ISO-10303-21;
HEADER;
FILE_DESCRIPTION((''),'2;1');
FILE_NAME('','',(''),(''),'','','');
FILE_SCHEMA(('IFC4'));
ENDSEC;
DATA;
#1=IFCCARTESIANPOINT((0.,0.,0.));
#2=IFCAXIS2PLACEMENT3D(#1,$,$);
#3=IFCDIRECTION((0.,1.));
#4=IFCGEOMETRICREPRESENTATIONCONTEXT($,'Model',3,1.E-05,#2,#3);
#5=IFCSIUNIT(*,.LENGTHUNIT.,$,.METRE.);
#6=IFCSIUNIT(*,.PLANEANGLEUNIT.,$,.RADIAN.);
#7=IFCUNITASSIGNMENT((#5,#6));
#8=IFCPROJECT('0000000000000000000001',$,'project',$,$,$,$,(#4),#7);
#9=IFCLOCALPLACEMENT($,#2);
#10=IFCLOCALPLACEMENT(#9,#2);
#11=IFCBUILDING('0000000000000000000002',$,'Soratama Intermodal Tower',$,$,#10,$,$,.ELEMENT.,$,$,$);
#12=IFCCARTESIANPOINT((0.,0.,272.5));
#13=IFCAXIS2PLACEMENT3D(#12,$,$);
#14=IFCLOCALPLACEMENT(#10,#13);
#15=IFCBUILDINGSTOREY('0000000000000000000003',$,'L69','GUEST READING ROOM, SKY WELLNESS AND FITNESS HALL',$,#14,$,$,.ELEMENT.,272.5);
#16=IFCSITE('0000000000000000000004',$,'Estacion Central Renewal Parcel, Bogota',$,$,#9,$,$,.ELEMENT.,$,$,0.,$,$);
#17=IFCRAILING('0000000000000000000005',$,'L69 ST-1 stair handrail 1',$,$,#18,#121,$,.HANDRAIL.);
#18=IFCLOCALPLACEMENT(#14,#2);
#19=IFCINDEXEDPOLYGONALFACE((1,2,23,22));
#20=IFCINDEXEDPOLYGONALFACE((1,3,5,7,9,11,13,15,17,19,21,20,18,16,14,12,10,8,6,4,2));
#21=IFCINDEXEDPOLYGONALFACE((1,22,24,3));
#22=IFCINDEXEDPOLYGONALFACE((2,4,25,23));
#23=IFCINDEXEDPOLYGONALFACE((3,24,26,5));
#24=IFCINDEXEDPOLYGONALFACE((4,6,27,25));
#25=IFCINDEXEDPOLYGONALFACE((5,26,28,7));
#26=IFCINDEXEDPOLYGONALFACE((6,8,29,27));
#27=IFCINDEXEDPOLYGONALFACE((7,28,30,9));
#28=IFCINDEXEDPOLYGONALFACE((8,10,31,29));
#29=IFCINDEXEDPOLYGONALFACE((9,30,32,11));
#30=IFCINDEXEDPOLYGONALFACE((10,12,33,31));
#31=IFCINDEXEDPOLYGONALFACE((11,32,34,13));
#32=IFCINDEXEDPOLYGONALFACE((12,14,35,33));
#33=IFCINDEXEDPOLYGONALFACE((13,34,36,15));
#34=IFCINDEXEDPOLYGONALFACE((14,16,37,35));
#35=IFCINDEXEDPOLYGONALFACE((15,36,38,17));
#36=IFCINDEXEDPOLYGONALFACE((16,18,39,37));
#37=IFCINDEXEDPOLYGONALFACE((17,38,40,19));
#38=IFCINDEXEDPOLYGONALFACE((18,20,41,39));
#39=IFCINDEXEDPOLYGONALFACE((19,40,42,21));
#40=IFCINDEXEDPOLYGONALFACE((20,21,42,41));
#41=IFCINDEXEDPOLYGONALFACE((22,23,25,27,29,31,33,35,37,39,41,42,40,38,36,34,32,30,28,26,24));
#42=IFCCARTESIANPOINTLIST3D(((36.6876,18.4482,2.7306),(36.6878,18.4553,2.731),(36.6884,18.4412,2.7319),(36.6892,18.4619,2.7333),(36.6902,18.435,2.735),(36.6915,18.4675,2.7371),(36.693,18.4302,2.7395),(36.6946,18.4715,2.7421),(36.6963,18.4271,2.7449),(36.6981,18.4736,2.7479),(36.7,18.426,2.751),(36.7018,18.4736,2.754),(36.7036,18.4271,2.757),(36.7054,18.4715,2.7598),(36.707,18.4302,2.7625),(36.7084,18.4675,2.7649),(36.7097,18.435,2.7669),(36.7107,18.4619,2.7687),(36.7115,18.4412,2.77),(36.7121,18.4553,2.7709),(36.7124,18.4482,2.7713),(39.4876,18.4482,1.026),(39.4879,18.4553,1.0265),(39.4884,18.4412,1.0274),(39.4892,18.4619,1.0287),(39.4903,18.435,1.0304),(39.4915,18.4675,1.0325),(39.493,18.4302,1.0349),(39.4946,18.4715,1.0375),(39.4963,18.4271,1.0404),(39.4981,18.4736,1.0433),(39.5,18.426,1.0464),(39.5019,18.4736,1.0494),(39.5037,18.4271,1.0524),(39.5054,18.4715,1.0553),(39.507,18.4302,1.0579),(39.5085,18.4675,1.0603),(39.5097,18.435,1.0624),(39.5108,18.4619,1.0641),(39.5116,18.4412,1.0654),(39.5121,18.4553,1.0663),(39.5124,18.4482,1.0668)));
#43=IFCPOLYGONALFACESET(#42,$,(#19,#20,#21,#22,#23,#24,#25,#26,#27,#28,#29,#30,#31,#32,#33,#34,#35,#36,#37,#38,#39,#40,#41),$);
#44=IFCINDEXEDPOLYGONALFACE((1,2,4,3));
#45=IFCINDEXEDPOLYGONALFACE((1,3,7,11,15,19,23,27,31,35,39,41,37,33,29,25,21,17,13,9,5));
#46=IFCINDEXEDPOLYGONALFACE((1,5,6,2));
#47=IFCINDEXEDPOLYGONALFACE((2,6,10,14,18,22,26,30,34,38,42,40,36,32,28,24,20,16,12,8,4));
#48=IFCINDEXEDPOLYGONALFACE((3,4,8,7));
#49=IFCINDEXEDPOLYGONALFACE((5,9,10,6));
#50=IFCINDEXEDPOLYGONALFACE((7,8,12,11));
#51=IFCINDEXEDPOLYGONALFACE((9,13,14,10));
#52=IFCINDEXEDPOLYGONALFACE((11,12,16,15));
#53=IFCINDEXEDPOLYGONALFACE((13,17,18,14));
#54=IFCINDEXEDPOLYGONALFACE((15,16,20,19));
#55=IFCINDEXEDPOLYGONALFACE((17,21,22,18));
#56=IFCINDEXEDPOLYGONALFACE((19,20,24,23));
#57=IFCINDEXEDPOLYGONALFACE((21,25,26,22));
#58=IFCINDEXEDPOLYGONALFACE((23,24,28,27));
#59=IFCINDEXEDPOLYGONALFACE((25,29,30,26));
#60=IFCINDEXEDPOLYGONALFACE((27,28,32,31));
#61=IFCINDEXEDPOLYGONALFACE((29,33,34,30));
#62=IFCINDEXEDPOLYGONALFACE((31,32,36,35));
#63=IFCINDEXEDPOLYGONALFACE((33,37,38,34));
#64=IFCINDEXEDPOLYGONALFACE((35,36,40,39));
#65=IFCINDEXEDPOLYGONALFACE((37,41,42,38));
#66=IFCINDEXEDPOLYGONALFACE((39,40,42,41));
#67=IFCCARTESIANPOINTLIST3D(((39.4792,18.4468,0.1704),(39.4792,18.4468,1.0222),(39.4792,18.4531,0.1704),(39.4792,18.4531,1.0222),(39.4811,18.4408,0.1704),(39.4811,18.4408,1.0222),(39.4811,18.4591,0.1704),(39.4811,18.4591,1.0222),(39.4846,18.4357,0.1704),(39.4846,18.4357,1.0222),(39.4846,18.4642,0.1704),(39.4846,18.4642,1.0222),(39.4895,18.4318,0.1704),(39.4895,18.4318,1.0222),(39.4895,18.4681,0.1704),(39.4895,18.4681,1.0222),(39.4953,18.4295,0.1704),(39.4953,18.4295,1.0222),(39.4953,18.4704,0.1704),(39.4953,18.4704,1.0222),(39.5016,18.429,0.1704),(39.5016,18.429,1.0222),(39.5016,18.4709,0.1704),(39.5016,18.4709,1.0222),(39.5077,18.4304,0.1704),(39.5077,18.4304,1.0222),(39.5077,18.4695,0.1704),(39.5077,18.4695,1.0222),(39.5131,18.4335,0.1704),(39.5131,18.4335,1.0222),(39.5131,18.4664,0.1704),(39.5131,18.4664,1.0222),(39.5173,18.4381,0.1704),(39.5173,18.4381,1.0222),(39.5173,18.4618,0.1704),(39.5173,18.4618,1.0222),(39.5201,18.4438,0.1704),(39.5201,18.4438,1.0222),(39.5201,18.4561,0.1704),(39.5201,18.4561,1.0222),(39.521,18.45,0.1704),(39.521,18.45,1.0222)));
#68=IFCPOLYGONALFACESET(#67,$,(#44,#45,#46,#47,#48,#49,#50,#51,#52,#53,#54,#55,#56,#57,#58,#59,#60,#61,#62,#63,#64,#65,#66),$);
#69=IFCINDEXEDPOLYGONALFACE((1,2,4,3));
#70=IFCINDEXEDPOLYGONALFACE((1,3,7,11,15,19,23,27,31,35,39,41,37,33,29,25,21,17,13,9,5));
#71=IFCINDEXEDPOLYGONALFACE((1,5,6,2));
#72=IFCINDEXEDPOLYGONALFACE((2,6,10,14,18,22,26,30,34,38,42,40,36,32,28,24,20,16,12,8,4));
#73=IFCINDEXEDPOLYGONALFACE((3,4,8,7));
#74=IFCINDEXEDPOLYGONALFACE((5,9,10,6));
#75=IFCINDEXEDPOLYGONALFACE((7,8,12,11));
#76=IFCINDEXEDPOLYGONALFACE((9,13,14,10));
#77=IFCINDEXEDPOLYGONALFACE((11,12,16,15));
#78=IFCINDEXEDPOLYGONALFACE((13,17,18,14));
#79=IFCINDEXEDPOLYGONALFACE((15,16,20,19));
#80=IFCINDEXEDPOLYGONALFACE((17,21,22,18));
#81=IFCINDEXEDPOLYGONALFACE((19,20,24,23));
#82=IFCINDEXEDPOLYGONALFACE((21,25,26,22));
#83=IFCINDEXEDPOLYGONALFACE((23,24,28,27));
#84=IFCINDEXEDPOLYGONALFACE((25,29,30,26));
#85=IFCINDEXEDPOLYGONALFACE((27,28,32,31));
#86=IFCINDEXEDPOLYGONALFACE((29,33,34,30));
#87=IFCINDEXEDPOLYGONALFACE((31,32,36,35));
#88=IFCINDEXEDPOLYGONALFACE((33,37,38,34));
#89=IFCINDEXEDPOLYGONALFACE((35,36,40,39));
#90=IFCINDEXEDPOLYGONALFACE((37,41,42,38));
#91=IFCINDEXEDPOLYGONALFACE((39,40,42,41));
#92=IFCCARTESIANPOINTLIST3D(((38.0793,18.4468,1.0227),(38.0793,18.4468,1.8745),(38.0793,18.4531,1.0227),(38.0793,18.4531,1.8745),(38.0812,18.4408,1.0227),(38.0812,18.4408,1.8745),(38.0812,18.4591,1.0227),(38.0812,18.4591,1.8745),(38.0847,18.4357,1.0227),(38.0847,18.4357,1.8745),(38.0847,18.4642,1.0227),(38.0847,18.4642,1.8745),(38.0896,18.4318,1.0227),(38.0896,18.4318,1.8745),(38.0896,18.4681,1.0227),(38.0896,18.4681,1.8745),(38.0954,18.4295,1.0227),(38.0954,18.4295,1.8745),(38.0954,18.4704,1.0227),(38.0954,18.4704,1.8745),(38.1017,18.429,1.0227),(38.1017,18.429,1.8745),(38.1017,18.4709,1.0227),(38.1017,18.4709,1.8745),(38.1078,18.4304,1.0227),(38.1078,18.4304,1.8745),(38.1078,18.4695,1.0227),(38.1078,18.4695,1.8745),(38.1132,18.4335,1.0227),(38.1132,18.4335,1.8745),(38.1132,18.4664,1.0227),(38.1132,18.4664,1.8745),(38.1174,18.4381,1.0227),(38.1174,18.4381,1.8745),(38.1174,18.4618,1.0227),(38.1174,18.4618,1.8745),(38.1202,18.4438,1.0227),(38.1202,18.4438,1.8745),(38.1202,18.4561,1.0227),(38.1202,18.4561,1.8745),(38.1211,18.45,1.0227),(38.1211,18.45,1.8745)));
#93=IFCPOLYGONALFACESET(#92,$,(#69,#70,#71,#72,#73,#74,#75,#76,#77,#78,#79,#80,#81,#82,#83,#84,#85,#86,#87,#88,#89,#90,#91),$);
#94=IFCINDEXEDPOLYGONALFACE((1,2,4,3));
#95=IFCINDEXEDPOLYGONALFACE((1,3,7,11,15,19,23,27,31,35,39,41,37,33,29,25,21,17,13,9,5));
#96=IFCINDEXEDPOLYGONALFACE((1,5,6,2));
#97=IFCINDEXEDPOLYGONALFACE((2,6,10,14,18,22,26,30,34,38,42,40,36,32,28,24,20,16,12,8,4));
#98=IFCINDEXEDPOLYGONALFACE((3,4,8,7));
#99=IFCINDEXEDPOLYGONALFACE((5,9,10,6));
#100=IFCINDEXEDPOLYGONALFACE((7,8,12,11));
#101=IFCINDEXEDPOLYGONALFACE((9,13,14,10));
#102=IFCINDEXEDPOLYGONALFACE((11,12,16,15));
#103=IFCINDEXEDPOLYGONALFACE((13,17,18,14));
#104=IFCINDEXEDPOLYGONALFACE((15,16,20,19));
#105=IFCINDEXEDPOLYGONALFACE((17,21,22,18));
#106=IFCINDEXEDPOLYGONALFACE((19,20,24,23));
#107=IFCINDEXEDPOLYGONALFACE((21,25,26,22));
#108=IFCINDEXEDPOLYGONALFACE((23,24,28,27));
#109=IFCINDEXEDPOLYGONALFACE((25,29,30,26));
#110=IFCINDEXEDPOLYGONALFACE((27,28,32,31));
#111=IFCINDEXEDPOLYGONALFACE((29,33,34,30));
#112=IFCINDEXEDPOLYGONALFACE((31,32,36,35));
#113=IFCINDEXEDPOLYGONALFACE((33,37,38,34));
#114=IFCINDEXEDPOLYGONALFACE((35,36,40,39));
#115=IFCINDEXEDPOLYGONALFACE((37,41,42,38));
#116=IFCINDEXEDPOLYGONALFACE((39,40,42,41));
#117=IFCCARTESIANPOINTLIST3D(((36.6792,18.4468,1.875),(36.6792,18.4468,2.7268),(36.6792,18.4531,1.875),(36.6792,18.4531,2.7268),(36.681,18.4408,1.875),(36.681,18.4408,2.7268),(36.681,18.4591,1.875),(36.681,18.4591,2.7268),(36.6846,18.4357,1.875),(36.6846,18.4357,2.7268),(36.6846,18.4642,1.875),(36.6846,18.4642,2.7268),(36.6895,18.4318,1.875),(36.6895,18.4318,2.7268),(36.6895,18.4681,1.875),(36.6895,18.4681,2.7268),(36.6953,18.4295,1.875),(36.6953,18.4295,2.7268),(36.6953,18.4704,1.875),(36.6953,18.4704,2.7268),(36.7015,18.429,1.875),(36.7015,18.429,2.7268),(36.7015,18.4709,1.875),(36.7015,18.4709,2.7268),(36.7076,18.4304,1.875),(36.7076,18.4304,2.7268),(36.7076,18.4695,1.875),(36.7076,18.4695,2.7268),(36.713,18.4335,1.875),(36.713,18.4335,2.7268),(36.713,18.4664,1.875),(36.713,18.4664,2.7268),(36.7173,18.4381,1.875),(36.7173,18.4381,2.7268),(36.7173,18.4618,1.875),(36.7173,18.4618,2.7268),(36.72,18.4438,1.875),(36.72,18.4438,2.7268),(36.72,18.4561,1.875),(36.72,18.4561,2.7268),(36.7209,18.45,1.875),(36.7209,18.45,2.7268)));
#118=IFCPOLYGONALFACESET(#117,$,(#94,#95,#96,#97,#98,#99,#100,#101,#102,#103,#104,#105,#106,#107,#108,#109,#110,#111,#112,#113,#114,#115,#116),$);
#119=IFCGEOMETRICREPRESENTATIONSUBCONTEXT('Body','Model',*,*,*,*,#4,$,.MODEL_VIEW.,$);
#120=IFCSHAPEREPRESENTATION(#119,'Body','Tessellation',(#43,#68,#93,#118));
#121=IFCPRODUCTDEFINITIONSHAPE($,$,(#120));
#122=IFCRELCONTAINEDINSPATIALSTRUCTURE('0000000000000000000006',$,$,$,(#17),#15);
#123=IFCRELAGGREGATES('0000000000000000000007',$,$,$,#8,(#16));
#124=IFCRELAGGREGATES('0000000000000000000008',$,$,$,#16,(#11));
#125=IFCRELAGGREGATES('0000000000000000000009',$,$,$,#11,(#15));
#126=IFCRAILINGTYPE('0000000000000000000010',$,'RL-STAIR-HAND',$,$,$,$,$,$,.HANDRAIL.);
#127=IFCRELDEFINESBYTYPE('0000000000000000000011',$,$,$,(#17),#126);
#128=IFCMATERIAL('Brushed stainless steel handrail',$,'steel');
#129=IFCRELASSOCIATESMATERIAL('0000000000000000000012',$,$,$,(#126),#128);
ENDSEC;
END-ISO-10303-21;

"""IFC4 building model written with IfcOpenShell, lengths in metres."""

from ifc_helpers import new_model, si_unit, direction, frame, origin, origin_2d, place, context, subcontext, project, spatial, circle, extrude, material, type_object, element, save


model = new_model("IFC4")

# Units and contexts
model_context = context("Model", 3, precision=1e-05, world=origin(), true_north=direction((0.0, 1.0)))
body_context = subcontext(model_context, "Body", "Model", "MODEL_VIEW")
ifc_project = project(units=[si_unit("LENGTHUNIT", "METRE"), si_unit("PLANEANGLEUNIT", "RADIAN")], contexts=[model_context])

# Site, building, storey
site_placement = place(None, origin())
site = spatial("IfcSite", under=ifc_project, at=site_placement, Name="Estacion Central Renewal Parcel, Bogota", CompositionType="ELEMENT", RefElevation=0.0)
building_placement = place(site_placement, origin())
building = spatial("IfcBuilding", under=site, at=building_placement, Name="Soratama Intermodal Tower", CompositionType="ELEMENT")
storey_placement = place(building_placement, frame((0.0, 0.0, 272.5)))
storey = spatial("IfcBuildingStorey", under=building, at=storey_placement, Name="L69", Description="GUEST READING ROOM, SKY WELLNESS AND FITNESS HALL", CompositionType="ELEMENT", Elevation=272.5)

# Railing
ifc_material_1 = material(Name="Brushed stainless steel handrail", Category="steel")
railing_type_1 = type_object("IfcRailingType", Name="RL-STAIR-HAND", PredefinedType="HANDRAIL", material=ifc_material_1)
railing_1_placement = place(storey_placement, frame((39.5, 18.45, 0.1704)))
element("IfcRailing", 1, at=railing_1_placement, inside=storey, type_object=railing_type_1, Name="L69 ST-1 stair handrail 1", PredefinedType="HANDRAIL", context=body_context, shape_type="SweptSolid", body=[
    extrude(circle(Radius=0.0239, at=origin_2d()), frame((0.0, 0.0, 0.876), z_axis=(-0.85417, 0.0, 0.519994), x_axis=(0.0, -1.0, 0.0)), (0.0, 0.0, 1.0), 3.2781),
    extrude(circle(Radius=0.021, at=origin_2d()), origin(), (0.0, 0.0, 1.0), 0.8518),
    extrude(circle(Radius=0.021, at=origin_2d()), frame((-1.3999, 0.0, 0.8523)), (0.0, 0.0, 1.0), 0.8518),
    extrude(circle(Radius=0.021, at=origin_2d()), frame((-2.8, 0.0, 1.7046)), (0.0, 0.0, 1.0), 0.8518),
])

save(model, "model.ifc")
